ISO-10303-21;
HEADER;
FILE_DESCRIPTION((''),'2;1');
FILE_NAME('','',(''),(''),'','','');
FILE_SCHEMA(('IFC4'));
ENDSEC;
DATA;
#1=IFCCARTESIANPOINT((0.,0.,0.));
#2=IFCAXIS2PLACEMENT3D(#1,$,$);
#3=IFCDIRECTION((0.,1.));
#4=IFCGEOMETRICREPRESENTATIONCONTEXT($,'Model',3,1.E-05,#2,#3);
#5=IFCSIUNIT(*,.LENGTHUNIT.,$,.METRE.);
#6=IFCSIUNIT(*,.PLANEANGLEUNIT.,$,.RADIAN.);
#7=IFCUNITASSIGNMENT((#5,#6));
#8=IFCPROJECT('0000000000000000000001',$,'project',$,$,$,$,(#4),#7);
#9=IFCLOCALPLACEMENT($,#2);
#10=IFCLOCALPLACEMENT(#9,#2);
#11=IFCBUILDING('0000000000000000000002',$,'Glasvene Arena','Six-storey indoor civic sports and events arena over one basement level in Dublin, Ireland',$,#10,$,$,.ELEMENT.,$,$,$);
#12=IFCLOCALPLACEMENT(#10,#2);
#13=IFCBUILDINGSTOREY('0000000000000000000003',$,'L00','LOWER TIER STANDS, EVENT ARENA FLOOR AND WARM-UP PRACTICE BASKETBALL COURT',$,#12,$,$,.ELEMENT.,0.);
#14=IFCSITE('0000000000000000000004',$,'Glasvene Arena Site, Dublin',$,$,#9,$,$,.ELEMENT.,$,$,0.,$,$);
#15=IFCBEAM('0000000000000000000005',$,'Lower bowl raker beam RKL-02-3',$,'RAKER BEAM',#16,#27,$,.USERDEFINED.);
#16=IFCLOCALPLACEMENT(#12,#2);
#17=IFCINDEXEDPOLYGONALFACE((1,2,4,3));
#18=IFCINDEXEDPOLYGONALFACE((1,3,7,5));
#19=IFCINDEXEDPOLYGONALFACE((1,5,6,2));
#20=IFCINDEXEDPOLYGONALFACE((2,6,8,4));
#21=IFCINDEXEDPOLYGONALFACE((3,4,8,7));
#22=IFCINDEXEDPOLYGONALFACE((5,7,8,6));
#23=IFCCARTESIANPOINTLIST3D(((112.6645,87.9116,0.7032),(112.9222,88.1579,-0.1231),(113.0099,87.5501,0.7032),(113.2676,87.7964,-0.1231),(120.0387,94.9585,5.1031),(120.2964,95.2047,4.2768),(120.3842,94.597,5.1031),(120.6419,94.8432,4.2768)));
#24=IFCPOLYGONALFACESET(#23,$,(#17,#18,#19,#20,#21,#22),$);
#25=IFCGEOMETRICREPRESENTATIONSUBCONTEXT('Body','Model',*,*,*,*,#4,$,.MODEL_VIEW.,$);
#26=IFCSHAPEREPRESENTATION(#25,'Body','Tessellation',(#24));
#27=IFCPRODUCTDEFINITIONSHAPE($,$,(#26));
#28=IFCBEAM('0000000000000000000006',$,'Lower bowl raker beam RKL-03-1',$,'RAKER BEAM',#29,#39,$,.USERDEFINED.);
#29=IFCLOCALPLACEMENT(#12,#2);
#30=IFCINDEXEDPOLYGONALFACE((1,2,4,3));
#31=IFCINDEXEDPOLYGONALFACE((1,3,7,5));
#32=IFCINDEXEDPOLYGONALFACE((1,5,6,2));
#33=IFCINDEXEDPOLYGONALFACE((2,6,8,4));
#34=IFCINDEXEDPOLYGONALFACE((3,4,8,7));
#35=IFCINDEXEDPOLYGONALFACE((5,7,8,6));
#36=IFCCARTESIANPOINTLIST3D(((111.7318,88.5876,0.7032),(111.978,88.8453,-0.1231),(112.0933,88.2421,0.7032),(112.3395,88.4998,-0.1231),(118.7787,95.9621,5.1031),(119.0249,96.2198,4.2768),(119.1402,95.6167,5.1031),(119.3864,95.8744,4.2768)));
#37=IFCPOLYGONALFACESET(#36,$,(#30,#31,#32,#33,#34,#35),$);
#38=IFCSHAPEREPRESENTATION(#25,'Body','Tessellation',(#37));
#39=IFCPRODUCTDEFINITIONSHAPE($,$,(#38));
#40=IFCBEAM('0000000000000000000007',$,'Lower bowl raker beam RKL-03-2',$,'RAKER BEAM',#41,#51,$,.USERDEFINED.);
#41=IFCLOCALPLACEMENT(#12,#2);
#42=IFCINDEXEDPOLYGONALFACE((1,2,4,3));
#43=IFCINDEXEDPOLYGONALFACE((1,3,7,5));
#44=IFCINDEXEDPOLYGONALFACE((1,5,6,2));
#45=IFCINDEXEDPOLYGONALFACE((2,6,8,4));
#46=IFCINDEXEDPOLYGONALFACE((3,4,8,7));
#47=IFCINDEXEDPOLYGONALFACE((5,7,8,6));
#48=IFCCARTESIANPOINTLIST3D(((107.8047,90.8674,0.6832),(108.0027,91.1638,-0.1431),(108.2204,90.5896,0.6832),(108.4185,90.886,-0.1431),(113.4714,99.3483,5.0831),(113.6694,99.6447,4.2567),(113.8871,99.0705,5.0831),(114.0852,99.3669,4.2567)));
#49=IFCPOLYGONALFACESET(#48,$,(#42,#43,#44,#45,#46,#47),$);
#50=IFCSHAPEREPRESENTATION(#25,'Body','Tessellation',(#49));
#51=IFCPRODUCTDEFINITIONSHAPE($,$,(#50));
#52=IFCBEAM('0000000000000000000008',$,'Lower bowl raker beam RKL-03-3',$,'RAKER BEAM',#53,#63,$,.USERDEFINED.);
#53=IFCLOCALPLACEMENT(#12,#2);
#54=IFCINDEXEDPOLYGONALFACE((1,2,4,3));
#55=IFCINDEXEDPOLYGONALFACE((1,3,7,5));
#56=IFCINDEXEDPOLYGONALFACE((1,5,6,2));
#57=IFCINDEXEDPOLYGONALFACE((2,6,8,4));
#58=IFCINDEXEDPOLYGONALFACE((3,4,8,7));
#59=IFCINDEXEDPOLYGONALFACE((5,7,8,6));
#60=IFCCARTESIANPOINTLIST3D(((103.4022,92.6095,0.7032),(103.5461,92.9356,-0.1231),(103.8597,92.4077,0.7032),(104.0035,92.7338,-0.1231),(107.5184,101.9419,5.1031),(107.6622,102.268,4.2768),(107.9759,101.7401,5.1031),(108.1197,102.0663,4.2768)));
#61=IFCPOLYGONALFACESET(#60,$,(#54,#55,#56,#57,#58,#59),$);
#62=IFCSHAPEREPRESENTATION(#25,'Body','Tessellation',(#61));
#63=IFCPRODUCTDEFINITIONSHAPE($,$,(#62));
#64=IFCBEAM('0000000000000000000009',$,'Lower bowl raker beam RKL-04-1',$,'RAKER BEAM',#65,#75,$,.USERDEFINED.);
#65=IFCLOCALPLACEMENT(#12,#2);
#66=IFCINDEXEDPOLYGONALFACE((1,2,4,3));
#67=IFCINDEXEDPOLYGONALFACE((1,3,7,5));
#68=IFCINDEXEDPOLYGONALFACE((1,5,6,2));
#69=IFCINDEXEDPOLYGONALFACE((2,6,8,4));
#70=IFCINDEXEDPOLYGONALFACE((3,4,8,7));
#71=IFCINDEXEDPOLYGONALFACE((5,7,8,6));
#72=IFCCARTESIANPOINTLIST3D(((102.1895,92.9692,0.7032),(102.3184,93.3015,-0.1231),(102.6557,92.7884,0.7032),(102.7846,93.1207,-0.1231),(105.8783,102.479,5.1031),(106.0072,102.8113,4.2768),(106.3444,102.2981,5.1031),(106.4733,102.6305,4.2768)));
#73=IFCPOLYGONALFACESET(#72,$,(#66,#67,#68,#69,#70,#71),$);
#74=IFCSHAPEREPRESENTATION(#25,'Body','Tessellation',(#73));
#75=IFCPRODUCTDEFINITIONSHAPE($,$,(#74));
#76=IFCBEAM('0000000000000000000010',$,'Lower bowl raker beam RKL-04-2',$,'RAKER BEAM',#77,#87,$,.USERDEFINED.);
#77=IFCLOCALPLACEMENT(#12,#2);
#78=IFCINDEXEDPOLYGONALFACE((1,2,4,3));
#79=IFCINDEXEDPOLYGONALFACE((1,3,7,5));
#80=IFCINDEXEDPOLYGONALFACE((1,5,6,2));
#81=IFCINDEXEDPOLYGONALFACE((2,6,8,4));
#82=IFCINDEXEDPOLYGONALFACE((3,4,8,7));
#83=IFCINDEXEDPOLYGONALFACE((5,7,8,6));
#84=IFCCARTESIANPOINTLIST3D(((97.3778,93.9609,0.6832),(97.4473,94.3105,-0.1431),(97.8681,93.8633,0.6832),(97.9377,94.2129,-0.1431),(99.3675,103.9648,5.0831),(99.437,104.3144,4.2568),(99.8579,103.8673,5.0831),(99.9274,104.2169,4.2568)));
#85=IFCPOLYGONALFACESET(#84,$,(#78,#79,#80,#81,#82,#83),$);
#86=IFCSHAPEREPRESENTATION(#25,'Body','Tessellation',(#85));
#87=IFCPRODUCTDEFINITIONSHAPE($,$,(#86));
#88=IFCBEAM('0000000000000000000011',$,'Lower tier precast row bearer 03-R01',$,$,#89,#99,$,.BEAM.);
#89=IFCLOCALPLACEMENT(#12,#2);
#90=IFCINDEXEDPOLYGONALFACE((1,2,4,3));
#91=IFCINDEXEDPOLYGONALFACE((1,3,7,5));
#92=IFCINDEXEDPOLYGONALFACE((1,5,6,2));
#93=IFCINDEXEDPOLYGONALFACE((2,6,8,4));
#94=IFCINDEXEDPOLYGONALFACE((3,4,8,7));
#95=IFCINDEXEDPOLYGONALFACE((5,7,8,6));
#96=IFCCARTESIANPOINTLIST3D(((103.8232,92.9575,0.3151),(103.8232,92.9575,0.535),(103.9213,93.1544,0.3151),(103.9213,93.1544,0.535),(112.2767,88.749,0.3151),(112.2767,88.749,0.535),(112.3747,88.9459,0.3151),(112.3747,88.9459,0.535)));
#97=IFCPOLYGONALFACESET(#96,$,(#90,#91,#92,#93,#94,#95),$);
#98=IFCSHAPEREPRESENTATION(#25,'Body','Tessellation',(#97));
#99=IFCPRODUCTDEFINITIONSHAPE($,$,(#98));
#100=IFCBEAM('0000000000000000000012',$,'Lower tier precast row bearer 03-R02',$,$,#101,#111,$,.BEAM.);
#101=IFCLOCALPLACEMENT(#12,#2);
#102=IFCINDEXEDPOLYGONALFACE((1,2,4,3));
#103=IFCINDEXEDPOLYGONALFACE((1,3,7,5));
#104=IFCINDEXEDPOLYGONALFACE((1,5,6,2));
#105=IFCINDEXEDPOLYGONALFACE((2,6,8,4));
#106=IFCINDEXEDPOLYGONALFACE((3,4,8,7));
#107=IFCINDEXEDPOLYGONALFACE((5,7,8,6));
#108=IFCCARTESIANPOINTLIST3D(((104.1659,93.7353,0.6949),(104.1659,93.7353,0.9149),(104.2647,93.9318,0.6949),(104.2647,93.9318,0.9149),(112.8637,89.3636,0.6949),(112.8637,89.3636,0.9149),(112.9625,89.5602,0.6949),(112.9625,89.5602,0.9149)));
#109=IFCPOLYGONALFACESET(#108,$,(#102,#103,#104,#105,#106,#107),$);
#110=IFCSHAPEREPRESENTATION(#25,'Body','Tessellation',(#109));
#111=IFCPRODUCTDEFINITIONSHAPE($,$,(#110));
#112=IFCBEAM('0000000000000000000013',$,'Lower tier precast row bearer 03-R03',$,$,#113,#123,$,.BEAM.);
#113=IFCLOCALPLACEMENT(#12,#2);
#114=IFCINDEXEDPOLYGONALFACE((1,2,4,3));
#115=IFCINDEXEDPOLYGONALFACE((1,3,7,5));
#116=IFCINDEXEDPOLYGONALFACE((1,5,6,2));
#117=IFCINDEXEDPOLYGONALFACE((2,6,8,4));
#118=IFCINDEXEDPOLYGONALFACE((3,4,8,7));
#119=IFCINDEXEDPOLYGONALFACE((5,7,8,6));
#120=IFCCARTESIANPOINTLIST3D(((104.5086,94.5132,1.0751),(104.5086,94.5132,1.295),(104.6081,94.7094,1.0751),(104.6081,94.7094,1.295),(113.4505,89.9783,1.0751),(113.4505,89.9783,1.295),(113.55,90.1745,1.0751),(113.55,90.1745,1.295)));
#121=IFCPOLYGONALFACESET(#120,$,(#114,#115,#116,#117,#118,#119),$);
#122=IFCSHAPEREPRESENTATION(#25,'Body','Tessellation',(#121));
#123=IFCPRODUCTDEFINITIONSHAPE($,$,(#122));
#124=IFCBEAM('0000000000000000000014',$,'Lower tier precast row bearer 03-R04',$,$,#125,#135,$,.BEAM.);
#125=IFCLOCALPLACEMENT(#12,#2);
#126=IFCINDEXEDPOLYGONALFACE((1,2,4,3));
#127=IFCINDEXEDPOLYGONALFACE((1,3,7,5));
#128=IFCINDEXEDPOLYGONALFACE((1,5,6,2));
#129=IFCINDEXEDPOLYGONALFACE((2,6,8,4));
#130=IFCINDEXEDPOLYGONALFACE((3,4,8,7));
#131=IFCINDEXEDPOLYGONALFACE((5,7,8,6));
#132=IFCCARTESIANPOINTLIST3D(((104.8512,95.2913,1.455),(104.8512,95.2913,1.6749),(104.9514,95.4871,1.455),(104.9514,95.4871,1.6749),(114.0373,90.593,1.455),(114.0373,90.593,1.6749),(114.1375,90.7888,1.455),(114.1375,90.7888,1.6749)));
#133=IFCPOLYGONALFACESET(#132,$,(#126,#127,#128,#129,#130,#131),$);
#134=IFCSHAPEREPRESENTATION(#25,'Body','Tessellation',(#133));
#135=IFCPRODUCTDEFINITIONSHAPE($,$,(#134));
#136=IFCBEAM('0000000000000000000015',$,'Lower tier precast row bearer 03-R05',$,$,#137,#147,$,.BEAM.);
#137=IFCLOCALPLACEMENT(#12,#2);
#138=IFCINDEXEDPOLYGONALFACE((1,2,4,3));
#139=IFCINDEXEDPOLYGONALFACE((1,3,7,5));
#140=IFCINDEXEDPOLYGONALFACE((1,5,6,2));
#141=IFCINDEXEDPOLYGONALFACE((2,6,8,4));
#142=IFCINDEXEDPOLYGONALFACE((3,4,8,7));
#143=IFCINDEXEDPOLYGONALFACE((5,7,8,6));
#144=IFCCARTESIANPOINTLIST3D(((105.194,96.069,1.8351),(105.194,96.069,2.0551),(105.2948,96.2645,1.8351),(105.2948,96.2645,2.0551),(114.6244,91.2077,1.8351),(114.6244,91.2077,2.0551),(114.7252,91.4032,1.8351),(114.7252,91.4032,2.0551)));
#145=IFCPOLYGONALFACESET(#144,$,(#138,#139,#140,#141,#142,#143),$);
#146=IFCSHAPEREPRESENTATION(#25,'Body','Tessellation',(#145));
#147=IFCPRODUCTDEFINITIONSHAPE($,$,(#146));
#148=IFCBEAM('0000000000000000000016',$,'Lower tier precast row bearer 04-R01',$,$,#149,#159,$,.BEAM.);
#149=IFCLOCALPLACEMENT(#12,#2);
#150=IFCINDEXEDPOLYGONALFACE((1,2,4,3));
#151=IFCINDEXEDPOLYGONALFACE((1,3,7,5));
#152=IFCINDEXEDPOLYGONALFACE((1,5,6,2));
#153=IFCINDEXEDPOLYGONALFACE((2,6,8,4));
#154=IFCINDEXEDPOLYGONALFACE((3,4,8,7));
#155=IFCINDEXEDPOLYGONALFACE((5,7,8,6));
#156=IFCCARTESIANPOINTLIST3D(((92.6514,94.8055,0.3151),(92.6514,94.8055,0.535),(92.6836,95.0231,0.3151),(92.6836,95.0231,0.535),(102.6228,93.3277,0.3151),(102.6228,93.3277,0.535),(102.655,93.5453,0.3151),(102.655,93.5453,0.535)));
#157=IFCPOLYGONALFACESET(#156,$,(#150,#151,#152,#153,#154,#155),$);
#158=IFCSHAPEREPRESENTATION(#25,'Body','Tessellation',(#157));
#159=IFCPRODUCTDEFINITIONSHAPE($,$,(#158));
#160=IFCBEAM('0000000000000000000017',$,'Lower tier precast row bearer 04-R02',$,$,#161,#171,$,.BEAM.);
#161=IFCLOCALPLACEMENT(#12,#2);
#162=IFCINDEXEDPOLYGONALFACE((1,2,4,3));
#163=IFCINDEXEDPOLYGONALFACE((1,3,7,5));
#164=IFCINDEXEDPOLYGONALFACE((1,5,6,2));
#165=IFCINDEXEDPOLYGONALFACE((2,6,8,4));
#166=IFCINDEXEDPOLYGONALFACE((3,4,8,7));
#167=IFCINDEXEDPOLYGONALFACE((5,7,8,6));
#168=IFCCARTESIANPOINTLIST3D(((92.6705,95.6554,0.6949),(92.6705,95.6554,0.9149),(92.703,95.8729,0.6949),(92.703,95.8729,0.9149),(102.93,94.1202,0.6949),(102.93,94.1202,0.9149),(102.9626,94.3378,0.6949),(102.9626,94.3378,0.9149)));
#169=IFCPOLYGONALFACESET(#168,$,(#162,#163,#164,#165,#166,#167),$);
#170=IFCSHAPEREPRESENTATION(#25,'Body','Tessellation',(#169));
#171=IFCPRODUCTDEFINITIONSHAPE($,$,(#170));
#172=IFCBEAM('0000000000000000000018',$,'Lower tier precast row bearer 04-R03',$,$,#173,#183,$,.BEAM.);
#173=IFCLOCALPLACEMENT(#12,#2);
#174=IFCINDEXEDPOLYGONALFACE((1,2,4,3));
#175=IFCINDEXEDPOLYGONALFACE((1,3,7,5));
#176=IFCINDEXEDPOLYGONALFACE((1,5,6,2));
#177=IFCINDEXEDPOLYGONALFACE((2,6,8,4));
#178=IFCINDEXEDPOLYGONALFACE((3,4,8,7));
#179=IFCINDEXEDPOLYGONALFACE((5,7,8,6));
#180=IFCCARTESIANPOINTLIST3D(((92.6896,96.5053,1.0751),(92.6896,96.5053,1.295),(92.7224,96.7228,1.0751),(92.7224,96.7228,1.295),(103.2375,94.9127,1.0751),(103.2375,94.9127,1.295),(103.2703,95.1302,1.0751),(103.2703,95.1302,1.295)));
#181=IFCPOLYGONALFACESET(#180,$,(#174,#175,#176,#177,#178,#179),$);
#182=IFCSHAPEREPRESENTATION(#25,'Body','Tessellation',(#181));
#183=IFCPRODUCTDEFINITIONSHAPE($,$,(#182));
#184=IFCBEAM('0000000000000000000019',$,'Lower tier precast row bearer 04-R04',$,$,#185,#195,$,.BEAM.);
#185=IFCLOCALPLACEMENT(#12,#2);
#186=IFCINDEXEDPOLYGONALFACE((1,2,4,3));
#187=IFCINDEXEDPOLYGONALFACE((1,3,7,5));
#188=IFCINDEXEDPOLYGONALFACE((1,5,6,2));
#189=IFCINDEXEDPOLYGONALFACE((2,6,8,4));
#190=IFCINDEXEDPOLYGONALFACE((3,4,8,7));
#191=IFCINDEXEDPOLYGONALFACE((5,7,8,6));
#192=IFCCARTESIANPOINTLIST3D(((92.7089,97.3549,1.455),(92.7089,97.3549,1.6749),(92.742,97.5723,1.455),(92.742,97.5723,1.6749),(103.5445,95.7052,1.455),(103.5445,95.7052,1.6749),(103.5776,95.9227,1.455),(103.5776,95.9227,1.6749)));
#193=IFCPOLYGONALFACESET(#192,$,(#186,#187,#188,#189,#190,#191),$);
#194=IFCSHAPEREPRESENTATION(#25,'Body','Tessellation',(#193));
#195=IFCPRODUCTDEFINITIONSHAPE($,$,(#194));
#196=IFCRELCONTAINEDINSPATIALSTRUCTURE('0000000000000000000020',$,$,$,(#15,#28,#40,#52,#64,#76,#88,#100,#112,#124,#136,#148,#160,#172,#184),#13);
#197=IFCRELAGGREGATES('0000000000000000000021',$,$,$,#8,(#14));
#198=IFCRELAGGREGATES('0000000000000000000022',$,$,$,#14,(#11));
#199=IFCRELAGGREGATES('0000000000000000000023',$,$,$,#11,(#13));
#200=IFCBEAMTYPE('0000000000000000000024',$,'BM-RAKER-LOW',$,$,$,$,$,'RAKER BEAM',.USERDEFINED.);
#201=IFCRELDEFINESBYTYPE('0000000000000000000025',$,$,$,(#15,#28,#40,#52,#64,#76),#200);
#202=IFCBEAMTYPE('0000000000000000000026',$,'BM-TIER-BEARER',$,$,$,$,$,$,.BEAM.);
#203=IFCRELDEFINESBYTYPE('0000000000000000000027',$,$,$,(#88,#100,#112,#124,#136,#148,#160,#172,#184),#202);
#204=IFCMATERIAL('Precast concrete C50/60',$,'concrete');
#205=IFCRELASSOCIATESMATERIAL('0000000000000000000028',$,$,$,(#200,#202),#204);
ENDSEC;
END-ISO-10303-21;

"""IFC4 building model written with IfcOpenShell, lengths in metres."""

from ifc_helpers import new_model, si_unit, direction, frame, origin, origin_2d, place, context, subcontext, project, spatial, rectangle, extrude, material, material_profile, profile_set, type_object, element, save


model = new_model("IFC4")

# Units and contexts
model_context = context("Model", 3, precision=1e-05, world=origin(), true_north=direction((0.0, 1.0)))
body_context = subcontext(model_context, "Body", "Model", "MODEL_VIEW")
ifc_project = project(units=[si_unit("LENGTHUNIT", "METRE"), si_unit("PLANEANGLEUNIT", "RADIAN")], contexts=[model_context])

# Site, building, storey
site_placement = place(None, origin())
site = spatial("IfcSite", under=ifc_project, at=site_placement, Name="Glasvene Arena Site, Dublin", CompositionType="ELEMENT", RefElevation=0.0)
building_placement = place(site_placement, origin())
building = spatial("IfcBuilding", under=site, at=building_placement, Name="Glasvene Arena", Description="Six-storey indoor civic sports and events arena over one basement level in Dublin, Ireland", CompositionType="ELEMENT")
storey_placement = place(building_placement, origin())
storey = spatial("IfcBuildingStorey", under=building, at=storey_placement, Name="L00", Description="LOWER TIER STANDS, EVENT ARENA FLOOR AND WARM-UP PRACTICE BASKETBALL COURT", CompositionType="ELEMENT", Elevation=0.0)

# Beams
ifc_material_1 = material(Name="Precast concrete C50/60", Category="concrete")
ifc_material_profile_1 = material_profile(ifc_material_1, rectangle(XDim=0.5, YDim=0.8999, at=origin_2d()), Name="RC 500x900")
ifc_profile_set_1 = profile_set([ifc_material_profile_1], Name="Precast concrete C50/60")
beam_type_1 = type_object("IfcBeamType", Name="BM-RAKER-LOW", ElementType="RAKER BEAM", PredefinedType="USERDEFINED", material=ifc_profile_set_1)
beam_1_placement = place(storey_placement, frame((112.9661, 87.854, 0.29), z_axis=(0.663844, 0.634371, 0.396086), x_axis=(-0.690876, 0.722973, 0.0)))
element("IfcBeam", 1, at=beam_1_placement, inside=storey, type_object=beam_type_1, Name="Lower bowl raker beam RKL-02-3", ObjectType="RAKER BEAM", PredefinedType="USERDEFINED", context=body_context, shape_type="SweptSolid", body=[
    extrude(rectangle(XDim=0.5, YDim=0.8999, at=origin_2d()), origin(), (0.0, 0.0, 1.0), 11.1084),
])
beam_2_placement = place(storey_placement, frame((112.0356, 88.5437, 0.29), z_axis=(0.634362, 0.663856, 0.396081), x_axis=(-0.722985, 0.690864, 0.0)))
element("IfcBeam", 2, at=beam_2_placement, inside=storey, type_object=beam_type_1, Name="Lower bowl raker beam RKL-03-1", ObjectType="RAKER BEAM", PredefinedType="USERDEFINED", context=body_context, shape_type="SweptSolid", body=[
    extrude(rectangle(XDim=0.5, YDim=0.8999, at=origin_2d()), origin(), (0.0, 0.0, 1.0), 11.1086),
])
for number, where, z_axis, x_axis, name in (
    (3, (108.1116, 90.8767, 0.27), (0.510129, 0.763469, 0.396086), (-0.831472, 0.555567, 0.0), "Lower bowl raker beam RKL-03-2"),
    (4, (103.7029, 92.6716, 0.29), (0.370547, 0.840126, 0.396085), (-0.914957, 0.403552, 0.0), "Lower bowl raker beam RKL-03-3"),
):
    element("IfcBeam", number, at=place(storey_placement, frame(where, z_axis=z_axis, x_axis=x_axis)), inside=storey, type_object=beam_type_1, Name=name, ObjectType="RAKER BEAM", PredefinedType="USERDEFINED", context=body_context, shape_type="SweptSolid", body=[
        extrude(rectangle(XDim=0.5, YDim=0.8999, at=origin_2d()), origin(), (0.0, 0.0, 1.0), 11.1084),
    ])
beam_3_placement = place(storey_placement, frame((102.4871, 93.0449, 0.29), z_axis=(0.332059, 0.856071, 0.39608), x_axis=(-0.93232, 0.361635, 0.0)))
element("IfcBeam", 5, at=beam_3_placement, inside=storey, type_object=beam_type_1, Name="Lower bowl raker beam RKL-04-1", ObjectType="RAKER BEAM", PredefinedType="USERDEFINED", context=body_context, shape_type="SweptSolid", body=[
    extrude(rectangle(XDim=0.5, YDim=0.8999, at=origin_2d()), origin(), (0.0, 0.0, 1.0), 11.1086),
])
beam_4_placement = place(storey_placement, frame((97.6577, 94.0869, 0.27), z_axis=(0.179121, 0.900572, 0.396088), x_axis=(-0.980788, 0.195076, 0.0)))
element("IfcBeam", 6, at=beam_4_placement, inside=storey, type_object=beam_type_1, Name="Lower bowl raker beam RKL-04-2", ObjectType="RAKER BEAM", PredefinedType="USERDEFINED", context=body_context, shape_type="SweptSolid", body=[
    extrude(rectangle(XDim=0.5, YDim=0.8999, at=origin_2d()), origin(), (0.0, 0.0, 1.0), 11.1084),
])
ifc_material_profile_2 = material_profile(ifc_material_1, rectangle(XDim=0.22, YDim=0.22, at=origin_2d()), Name="RC 220x220")
ifc_profile_set_2 = profile_set([ifc_material_profile_2], Name="Precast concrete C50/60")
beam_type_2 = type_object("IfcBeamType", Name="BM-TIER-BEARER", PredefinedType="BEAM", material=ifc_profile_set_2)
beam_5_placement = place(storey_placement, frame((112.3257, 88.8474, 0.425), z_axis=(-0.895196, 0.445672, 0.0), x_axis=(-0.445672, -0.895196, 0.0)))
element("IfcBeam", 7, at=beam_5_placement, inside=storey, type_object=beam_type_2, Name="Lower tier precast row bearer 03-R01", PredefinedType="BEAM", context=body_context, shape_type="SweptSolid", body=[
    extrude(rectangle(XDim=0.22, YDim=0.22, at=origin_2d()), origin(), (0.0, 0.0, 1.0), 9.4431),
])
beam_6_placement = place(storey_placement, frame((112.9131, 89.4619, 0.8049), z_axis=(-0.893492, 0.449079, 0.0), x_axis=(-0.449079, -0.893492, 0.0)))
element("IfcBeam", 8, at=beam_6_placement, inside=storey, type_object=beam_type_2, Name="Lower tier precast row bearer 03-R02", PredefinedType="BEAM", context=body_context, shape_type="SweptSolid", body=[
    extrude(rectangle(XDim=0.22, YDim=0.22, at=origin_2d()), origin(), (0.0, 0.0, 1.0), 9.7346),
])
beam_7_placement = place(storey_placement, frame((113.5002, 90.0764, 1.1851), z_axis=(-0.891861, 0.45231, 0.0), x_axis=(-0.45231, -0.891861, 0.0)))
element("IfcBeam", 9, at=beam_7_placement, inside=storey, type_object=beam_type_2, Name="Lower tier precast row bearer 03-R03", PredefinedType="BEAM", context=body_context, shape_type="SweptSolid", body=[
    extrude(rectangle(XDim=0.22, YDim=0.22, at=origin_2d()), origin(), (0.0, 0.0, 1.0), 10.0261),
])
beam_8_placement = place(storey_placement, frame((114.0874, 90.6909, 1.5649), z_axis=(-0.890311, 0.455354, 0.0), x_axis=(-0.455354, -0.890311, 0.0)))
element("IfcBeam", 10, at=beam_8_placement, inside=storey, type_object=beam_type_2, Name="Lower tier precast row bearer 03-R04", PredefinedType="BEAM", context=body_context, shape_type="SweptSolid", body=[
    extrude(rectangle(XDim=0.22, YDim=0.22, at=origin_2d()), origin(), (0.0, 0.0, 1.0), 10.3179),
])
beam_9_placement = place(storey_placement, frame((114.6748, 91.3054, 1.9451), z_axis=(-0.88885, 0.458197, 0.0), x_axis=(-0.458197, -0.88885, 0.0)))
element("IfcBeam", 11, at=beam_9_placement, inside=storey, type_object=beam_type_2, Name="Lower tier precast row bearer 03-R05", PredefinedType="BEAM", context=body_context, shape_type="SweptSolid", body=[
    extrude(rectangle(XDim=0.22, YDim=0.22, at=origin_2d()), origin(), (0.0, 0.0, 1.0), 10.6096),
])
beam_10_placement = place(storey_placement, frame((102.6389, 93.4365, 0.425), z_axis=(-0.989196, 0.1466, 0.0), x_axis=(-0.1466, -0.989196, 0.0)))
element("IfcBeam", 12, at=beam_10_placement, inside=storey, type_object=beam_type_2, Name="Lower tier precast row bearer 04-R01", PredefinedType="BEAM", context=body_context, shape_type="SweptSolid", body=[
    extrude(rectangle(XDim=0.22, YDim=0.22, at=origin_2d()), origin(), (0.0, 0.0, 1.0), 10.0803),
])
beam_11_placement = place(storey_placement, frame((102.9463, 94.229, 0.8049), z_axis=(-0.98899, 0.147985, 0.0), x_axis=(-0.147985, -0.98899, 0.0)))
element("IfcBeam", 13, at=beam_11_placement, inside=storey, type_object=beam_type_2, Name="Lower tier precast row bearer 04-R02", PredefinedType="BEAM", context=body_context, shape_type="SweptSolid", body=[
    extrude(rectangle(XDim=0.22, YDim=0.22, at=origin_2d()), origin(), (0.0, 0.0, 1.0), 10.3738),
])
beam_12_placement = place(storey_placement, frame((103.2539, 95.0215, 1.1851), z_axis=(-0.988794, 0.149289, 0.0), x_axis=(-0.149289, -0.988794, 0.0)))
element("IfcBeam", 14, at=beam_12_placement, inside=storey, type_object=beam_type_2, Name="Lower tier precast row bearer 04-R03", PredefinedType="BEAM", context=body_context, shape_type="SweptSolid", body=[
    extrude(rectangle(XDim=0.22, YDim=0.22, at=origin_2d()), origin(), (0.0, 0.0, 1.0), 10.6675),
])
beam_13_placement = place(storey_placement, frame((103.561, 95.814, 1.5649), z_axis=(-0.988609, 0.150509, 0.0), x_axis=(-0.150509, -0.988609, 0.0)))
element("IfcBeam", 15, at=beam_13_placement, inside=storey, type_object=beam_type_2, Name="Lower tier precast row bearer 04-R04", PredefinedType="BEAM", context=body_context, shape_type="SweptSolid", body=[
    extrude(rectangle(XDim=0.22, YDim=0.22, at=origin_2d()), origin(), (0.0, 0.0, 1.0), 10.9604),
])

save(model, "model.ifc")
